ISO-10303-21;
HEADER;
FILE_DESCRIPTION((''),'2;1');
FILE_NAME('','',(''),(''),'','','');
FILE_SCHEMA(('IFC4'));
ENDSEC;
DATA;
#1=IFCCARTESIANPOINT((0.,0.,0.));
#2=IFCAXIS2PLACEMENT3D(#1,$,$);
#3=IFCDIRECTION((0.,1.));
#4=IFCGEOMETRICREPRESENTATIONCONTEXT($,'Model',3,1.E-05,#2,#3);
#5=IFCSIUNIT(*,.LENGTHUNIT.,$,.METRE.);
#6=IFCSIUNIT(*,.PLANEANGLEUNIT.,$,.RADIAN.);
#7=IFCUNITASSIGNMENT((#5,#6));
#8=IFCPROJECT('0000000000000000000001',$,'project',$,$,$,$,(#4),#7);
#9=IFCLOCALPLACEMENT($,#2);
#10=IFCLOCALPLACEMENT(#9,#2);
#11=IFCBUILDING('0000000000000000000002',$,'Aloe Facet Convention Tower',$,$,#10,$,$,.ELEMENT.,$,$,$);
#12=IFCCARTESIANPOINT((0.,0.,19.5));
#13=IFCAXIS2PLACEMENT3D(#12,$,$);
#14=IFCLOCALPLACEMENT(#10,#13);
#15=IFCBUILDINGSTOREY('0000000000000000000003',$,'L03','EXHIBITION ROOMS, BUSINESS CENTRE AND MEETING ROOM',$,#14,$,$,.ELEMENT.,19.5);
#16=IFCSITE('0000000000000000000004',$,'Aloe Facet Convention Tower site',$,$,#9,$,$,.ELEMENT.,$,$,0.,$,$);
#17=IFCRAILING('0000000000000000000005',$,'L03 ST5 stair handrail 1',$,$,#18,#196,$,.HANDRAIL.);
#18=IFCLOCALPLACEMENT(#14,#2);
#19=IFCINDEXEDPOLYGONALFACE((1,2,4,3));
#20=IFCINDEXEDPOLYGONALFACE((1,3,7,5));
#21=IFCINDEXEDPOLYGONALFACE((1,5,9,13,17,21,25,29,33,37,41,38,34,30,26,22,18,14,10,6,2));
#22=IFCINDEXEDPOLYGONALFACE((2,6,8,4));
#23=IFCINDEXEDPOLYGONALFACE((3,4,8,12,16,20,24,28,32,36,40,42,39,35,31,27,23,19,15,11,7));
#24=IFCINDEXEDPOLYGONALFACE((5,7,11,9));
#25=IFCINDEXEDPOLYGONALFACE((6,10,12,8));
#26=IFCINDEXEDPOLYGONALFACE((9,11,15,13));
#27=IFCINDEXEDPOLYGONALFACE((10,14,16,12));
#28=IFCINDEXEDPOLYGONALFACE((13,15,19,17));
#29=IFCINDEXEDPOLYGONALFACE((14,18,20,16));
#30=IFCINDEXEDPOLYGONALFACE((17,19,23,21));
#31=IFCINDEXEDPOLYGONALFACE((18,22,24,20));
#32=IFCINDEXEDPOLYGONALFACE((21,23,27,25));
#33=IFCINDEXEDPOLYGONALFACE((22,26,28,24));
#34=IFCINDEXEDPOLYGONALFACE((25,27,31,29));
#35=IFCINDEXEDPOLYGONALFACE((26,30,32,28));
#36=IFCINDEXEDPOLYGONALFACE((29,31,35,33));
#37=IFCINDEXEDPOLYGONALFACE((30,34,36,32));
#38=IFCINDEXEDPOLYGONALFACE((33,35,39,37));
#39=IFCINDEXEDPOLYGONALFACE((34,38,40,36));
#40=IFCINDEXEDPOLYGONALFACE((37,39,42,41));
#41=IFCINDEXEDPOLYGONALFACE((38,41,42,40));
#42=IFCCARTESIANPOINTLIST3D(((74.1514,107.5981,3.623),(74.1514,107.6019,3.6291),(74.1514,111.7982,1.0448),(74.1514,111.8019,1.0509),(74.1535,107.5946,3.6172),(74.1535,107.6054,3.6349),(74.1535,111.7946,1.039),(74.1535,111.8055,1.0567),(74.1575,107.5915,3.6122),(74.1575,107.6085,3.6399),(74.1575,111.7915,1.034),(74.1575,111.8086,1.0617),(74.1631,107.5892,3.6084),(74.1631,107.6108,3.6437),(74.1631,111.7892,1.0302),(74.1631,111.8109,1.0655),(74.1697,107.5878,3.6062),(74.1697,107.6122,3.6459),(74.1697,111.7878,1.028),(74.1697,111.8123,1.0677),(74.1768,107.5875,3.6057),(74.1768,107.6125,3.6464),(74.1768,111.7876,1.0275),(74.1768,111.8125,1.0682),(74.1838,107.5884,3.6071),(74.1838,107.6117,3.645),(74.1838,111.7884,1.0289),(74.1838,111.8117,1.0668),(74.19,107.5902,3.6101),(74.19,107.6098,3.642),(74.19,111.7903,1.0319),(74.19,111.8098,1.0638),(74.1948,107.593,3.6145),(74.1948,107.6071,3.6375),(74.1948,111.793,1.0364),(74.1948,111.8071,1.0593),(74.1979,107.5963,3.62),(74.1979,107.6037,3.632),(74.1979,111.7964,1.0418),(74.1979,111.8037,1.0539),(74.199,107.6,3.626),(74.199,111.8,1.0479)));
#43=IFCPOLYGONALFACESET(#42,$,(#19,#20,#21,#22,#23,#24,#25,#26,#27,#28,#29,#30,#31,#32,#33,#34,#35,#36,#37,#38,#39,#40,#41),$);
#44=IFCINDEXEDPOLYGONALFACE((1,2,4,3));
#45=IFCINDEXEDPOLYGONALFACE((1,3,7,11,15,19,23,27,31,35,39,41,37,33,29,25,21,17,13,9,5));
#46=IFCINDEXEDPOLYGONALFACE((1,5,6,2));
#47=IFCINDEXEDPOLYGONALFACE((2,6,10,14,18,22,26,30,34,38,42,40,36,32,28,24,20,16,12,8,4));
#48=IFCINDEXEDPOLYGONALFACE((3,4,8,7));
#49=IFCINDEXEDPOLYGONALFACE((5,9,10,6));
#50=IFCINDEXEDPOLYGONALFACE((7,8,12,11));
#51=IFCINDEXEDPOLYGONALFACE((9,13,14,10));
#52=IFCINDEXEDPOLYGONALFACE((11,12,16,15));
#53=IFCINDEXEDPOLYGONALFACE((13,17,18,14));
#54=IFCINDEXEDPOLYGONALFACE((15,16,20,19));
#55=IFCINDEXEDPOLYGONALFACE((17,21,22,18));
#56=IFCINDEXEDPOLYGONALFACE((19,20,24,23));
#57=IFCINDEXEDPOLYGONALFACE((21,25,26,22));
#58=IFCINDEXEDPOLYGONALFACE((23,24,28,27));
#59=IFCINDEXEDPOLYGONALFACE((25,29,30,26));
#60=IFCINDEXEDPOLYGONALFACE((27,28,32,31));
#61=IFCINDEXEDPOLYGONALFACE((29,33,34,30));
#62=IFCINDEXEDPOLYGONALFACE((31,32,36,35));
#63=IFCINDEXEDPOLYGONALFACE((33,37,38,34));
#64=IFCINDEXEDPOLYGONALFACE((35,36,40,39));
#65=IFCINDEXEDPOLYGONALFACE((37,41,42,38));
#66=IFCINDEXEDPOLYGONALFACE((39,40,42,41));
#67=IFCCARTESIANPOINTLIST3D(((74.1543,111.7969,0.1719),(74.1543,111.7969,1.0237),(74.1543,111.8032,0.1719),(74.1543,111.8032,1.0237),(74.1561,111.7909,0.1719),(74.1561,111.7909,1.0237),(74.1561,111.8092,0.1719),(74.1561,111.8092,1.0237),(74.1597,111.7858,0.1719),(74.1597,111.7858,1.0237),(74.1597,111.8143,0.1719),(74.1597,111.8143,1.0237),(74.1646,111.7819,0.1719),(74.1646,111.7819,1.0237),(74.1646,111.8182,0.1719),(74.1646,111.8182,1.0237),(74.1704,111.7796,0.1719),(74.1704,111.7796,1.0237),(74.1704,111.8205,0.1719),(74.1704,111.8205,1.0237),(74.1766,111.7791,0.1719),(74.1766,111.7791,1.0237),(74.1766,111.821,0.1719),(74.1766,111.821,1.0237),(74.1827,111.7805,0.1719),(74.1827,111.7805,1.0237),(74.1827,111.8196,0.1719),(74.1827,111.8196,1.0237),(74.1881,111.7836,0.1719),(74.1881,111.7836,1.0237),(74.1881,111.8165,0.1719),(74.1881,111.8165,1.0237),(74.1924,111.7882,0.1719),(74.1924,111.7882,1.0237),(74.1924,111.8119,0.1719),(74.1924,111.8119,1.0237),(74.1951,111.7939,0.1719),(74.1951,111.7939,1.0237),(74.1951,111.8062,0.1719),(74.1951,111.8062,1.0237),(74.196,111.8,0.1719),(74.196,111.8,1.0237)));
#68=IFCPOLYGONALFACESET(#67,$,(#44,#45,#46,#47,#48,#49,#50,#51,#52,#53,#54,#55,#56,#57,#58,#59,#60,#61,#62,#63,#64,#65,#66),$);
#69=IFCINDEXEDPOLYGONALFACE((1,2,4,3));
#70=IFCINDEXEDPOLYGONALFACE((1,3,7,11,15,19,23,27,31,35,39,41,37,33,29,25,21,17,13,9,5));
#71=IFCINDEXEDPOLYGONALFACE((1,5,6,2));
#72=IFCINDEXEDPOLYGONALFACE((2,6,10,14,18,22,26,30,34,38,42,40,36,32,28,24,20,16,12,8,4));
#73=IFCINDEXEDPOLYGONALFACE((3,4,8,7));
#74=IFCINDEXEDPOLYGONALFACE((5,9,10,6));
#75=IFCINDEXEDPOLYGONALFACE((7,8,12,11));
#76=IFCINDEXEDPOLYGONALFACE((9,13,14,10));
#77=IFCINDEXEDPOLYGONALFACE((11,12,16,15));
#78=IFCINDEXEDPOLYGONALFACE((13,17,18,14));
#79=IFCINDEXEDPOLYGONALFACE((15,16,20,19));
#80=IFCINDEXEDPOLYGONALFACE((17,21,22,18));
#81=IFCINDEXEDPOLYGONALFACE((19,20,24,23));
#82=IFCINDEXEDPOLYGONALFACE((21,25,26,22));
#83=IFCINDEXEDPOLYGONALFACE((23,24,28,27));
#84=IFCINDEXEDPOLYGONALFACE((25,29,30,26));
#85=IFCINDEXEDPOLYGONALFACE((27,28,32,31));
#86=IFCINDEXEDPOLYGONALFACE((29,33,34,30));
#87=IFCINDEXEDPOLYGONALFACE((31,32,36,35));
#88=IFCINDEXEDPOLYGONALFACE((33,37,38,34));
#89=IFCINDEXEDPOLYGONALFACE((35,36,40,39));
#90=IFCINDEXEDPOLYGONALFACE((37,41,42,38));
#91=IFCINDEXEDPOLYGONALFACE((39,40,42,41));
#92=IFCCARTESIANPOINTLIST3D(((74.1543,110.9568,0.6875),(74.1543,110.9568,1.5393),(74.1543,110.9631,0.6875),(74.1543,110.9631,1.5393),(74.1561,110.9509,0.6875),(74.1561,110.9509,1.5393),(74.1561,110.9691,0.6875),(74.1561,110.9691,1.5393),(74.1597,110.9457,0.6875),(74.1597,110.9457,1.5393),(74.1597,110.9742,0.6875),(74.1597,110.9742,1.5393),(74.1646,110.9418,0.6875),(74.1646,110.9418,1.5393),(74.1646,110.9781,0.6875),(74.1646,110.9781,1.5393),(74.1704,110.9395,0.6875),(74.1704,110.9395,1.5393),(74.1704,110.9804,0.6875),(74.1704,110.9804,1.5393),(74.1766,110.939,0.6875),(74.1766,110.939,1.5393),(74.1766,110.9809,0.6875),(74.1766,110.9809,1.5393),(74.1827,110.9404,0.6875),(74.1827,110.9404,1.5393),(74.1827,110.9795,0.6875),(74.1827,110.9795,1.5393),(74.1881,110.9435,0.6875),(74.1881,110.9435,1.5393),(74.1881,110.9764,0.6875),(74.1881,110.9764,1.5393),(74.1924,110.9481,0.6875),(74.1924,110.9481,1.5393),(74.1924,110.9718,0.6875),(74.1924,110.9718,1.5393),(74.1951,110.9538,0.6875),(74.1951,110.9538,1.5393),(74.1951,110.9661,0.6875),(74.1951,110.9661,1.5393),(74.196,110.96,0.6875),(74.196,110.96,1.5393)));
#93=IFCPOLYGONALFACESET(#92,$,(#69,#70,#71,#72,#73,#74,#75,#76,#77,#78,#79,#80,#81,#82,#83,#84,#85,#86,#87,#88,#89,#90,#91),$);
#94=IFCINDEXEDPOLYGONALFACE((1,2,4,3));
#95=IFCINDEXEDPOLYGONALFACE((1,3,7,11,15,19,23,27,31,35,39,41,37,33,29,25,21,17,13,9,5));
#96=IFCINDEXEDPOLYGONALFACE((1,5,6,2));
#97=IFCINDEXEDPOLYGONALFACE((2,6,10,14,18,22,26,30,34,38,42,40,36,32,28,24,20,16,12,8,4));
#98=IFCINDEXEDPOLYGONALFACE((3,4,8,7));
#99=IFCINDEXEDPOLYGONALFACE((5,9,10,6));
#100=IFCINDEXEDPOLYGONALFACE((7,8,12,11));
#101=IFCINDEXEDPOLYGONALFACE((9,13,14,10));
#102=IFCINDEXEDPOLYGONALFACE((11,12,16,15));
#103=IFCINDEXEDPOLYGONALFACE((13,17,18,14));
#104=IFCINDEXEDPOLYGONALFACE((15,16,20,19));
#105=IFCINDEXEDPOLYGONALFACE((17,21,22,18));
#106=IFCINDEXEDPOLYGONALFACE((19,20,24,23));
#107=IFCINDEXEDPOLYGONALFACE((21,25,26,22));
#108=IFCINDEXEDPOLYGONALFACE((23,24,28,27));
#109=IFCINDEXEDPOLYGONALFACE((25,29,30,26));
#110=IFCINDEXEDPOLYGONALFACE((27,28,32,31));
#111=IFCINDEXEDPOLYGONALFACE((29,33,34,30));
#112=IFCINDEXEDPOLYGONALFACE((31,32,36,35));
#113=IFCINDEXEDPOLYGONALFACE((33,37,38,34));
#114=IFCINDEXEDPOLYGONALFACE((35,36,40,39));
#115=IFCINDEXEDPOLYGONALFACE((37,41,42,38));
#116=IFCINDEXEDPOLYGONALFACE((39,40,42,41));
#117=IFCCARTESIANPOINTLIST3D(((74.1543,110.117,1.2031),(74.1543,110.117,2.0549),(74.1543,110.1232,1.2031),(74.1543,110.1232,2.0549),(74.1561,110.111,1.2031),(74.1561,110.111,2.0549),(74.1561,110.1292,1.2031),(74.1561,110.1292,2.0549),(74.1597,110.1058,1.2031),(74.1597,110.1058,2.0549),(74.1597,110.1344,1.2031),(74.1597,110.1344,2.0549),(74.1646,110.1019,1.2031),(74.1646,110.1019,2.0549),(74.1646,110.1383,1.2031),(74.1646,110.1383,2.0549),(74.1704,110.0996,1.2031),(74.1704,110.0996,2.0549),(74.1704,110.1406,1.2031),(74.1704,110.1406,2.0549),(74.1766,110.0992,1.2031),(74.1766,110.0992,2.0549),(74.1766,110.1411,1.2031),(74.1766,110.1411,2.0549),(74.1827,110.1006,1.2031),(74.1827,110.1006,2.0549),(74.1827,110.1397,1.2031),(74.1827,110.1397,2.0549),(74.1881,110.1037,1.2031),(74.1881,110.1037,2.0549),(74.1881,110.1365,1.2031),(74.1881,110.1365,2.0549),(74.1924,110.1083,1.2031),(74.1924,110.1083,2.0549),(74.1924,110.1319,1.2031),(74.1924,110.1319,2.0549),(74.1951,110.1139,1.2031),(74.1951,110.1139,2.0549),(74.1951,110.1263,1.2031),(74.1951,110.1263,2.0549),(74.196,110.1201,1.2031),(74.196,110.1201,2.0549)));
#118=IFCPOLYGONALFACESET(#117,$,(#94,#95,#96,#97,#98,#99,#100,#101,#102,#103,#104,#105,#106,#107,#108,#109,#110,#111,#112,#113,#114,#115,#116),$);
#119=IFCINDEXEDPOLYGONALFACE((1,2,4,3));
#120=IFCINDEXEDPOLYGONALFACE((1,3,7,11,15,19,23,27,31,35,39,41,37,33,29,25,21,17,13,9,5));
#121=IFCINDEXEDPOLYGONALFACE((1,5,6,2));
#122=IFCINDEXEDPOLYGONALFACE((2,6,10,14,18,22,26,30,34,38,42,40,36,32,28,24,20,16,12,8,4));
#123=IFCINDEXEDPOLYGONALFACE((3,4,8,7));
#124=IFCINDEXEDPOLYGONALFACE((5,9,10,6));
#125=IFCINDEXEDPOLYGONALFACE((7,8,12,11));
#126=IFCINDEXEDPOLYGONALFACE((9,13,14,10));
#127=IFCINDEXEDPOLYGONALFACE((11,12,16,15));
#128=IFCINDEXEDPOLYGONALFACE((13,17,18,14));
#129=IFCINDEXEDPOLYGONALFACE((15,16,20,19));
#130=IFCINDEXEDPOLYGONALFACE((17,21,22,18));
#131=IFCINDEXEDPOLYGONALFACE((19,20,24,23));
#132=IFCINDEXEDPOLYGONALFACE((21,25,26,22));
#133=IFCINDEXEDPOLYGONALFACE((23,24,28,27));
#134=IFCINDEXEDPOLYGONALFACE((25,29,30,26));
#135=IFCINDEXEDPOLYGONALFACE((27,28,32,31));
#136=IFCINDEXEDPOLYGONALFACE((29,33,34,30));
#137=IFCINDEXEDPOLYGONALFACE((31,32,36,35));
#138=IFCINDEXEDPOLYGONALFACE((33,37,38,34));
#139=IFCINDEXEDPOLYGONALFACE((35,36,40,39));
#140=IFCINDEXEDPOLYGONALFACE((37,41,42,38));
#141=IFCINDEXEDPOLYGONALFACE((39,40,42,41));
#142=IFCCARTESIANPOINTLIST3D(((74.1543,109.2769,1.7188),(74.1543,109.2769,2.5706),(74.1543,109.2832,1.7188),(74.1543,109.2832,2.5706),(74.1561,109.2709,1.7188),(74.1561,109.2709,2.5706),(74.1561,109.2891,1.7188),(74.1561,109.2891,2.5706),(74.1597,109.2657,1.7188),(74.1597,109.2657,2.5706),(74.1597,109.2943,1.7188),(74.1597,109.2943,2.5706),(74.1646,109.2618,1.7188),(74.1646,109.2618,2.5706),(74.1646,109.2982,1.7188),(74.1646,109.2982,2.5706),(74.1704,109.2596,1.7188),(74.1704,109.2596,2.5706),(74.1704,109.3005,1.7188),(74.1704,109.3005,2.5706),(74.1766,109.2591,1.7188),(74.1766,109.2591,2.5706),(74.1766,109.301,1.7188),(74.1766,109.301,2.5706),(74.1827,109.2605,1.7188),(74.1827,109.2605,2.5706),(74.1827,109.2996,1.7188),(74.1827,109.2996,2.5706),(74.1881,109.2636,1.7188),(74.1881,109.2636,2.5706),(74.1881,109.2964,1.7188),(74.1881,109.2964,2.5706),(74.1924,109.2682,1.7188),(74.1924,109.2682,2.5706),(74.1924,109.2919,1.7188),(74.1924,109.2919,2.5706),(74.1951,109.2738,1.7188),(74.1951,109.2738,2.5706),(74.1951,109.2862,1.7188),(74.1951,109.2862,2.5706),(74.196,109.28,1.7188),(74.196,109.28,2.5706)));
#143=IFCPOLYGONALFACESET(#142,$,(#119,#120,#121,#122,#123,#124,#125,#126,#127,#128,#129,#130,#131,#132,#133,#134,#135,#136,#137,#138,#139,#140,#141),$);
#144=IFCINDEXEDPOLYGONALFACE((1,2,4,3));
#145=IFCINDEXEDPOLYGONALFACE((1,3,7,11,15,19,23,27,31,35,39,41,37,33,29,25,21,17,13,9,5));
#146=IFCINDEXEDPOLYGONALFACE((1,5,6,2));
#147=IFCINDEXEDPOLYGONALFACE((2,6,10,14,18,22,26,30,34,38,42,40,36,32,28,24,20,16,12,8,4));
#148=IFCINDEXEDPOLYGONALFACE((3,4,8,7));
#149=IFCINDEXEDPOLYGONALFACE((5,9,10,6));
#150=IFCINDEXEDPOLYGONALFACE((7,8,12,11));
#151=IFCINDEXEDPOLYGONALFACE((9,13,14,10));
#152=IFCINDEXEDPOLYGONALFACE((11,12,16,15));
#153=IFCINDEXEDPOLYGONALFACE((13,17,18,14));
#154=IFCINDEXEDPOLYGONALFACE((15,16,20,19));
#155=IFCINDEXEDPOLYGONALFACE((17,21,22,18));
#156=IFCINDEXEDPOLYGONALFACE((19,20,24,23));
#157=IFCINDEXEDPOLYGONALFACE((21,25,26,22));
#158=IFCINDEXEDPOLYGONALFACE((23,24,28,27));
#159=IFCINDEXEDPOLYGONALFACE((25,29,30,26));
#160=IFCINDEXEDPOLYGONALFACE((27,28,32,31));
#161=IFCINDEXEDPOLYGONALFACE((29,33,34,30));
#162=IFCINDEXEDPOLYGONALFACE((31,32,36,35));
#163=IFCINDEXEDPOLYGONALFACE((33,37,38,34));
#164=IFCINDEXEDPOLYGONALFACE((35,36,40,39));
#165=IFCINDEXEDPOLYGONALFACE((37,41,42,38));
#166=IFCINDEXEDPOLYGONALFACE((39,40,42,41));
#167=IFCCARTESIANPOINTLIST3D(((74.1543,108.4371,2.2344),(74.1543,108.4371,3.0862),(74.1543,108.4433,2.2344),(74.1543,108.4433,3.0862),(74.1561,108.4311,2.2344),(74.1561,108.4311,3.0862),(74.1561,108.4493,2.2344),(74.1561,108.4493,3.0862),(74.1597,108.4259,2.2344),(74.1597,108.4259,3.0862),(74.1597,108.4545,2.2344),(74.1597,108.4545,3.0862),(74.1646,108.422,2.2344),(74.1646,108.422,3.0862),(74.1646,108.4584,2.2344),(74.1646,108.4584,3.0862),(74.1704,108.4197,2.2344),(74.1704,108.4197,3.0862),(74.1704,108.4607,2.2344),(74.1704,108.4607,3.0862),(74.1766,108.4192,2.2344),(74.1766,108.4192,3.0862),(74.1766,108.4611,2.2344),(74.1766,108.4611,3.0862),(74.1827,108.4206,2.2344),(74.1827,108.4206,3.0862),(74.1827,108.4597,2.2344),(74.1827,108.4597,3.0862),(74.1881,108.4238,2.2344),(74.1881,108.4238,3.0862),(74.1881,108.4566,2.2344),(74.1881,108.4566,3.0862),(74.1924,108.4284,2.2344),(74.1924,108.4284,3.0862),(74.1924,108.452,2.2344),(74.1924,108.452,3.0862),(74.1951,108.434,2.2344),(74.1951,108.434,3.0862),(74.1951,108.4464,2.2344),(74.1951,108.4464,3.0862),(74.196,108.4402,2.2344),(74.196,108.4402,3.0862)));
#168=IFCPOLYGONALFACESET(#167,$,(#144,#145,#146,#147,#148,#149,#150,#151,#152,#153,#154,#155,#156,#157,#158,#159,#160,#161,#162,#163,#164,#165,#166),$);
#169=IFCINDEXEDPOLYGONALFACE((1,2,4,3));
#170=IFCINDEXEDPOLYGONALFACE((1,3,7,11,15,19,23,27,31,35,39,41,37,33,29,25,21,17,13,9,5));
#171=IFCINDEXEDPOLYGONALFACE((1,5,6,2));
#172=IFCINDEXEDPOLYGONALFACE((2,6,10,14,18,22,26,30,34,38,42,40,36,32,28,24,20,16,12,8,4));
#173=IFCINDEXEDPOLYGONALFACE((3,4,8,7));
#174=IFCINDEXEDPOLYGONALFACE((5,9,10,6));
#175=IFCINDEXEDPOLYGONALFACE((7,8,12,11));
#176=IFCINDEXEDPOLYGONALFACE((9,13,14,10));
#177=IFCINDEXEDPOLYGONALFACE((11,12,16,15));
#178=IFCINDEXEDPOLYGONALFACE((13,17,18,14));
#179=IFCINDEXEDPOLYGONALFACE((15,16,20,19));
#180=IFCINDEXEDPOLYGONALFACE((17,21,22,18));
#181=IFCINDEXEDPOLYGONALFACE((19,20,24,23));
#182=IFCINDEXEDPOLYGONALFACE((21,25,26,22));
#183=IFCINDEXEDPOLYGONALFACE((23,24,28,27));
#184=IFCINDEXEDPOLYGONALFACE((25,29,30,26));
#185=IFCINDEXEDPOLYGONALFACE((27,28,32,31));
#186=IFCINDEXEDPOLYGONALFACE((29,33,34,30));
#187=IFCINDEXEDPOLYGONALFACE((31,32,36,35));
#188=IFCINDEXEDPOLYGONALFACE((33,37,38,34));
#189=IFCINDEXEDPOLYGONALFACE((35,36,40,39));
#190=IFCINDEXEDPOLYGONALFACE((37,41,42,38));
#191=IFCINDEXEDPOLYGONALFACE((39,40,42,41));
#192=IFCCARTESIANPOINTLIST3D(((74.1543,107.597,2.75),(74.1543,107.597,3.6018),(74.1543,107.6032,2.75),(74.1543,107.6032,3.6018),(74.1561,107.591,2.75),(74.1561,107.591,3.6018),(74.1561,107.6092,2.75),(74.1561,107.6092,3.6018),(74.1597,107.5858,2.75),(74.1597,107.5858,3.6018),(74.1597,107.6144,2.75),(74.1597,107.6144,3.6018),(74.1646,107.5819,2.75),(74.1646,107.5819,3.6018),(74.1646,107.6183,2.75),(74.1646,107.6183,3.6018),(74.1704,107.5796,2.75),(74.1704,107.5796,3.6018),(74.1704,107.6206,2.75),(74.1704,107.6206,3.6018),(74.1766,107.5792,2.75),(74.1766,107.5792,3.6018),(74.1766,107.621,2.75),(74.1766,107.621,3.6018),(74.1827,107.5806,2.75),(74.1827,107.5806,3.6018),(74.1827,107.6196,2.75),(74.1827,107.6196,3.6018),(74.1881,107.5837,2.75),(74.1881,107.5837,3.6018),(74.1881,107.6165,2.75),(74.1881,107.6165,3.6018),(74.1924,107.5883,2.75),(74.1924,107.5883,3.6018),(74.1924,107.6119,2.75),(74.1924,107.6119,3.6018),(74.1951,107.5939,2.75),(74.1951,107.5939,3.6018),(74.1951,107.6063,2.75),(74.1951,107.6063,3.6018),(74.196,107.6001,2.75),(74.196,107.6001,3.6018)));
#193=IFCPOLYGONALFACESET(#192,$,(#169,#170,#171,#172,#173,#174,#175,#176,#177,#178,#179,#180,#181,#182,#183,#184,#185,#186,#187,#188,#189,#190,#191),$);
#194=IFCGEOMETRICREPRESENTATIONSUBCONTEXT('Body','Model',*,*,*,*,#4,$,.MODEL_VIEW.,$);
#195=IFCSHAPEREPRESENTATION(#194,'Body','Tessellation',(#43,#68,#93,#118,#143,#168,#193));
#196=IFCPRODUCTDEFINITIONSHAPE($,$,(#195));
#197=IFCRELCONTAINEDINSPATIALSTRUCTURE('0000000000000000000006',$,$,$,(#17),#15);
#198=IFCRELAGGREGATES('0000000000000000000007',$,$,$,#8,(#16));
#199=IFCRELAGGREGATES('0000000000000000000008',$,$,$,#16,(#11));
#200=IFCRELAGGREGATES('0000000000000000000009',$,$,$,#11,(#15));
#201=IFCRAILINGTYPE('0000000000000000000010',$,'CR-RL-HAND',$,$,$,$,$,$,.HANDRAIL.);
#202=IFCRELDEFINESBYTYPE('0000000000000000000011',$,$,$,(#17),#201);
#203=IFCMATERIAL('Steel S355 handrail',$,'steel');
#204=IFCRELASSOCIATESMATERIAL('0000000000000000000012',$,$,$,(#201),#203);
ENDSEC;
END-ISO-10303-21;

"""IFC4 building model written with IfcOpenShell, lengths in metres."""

from ifc_helpers import new_model, si_unit, direction, frame, origin, origin_2d, place, context, subcontext, project, spatial, circle, extrude, material, type_object, element, save


model = new_model("IFC4")

# Units and contexts
model_context = context("Model", 3, precision=1e-05, world=origin(), true_north=direction((0.0, 1.0)))
body_context = subcontext(model_context, "Body", "Model", "MODEL_VIEW")
ifc_project = project(units=[si_unit("LENGTHUNIT", "METRE"), si_unit("PLANEANGLEUNIT", "RADIAN")], contexts=[model_context])

# Site, building, storey
site_placement = place(None, origin())
site = spatial("IfcSite", under=ifc_project, at=site_placement, Name="Aloe Facet Convention Tower site", CompositionType="ELEMENT", RefElevation=0.0)
building_placement = place(site_placement, origin())
building = spatial("IfcBuilding", under=site, at=building_placement, Name="Aloe Facet Convention Tower", CompositionType="ELEMENT")
storey_placement = place(building_placement, frame((0.0, 0.0, 19.5)))
storey = spatial("IfcBuildingStorey", under=building, at=storey_placement, Name="L03", Description="EXHIBITION ROOMS, BUSINESS CENTRE AND MEETING ROOM", CompositionType="ELEMENT", Elevation=19.5)

# Railing
ifc_material_1 = material(Name="Steel S355 handrail", Category="steel")
railing_type_1 = type_object("IfcRailingType", Name="CR-RL-HAND", PredefinedType="HANDRAIL", material=ifc_material_1)
railing_1_placement = place(storey_placement, frame((74.175, 111.8, 0.1719)))
element("IfcRailing", 1, at=railing_1_placement, inside=storey, type_object=railing_type_1, Name="L03 ST5 stair handrail 1", PredefinedType="HANDRAIL", context=body_context, shape_type="SweptSolid", body=[
    extrude(circle(Radius=0.0239, at=origin_2d()), frame((0.0, 0.0, 0.876), z_axis=(0.0, -0.852243, 0.523146), x_axis=(1.0, 0.0, 0.0)), (0.0, 0.0, 1.0), 4.9282),
    extrude(circle(Radius=0.021, at=origin_2d()), origin(), (0.0, 0.0, 1.0), 0.8518),
    extrude(circle(Radius=0.021, at=origin_2d()), frame((0.0, -0.8401, 0.5156)), (0.0, 0.0, 1.0), 0.8518),
    extrude(circle(Radius=0.021, at=origin_2d()), frame((0.0, -1.6799, 1.0312)), (0.0, 0.0, 1.0), 0.8518),
    extrude(circle(Radius=0.021, at=origin_2d()), frame((0.0, -2.52, 1.5469)), (0.0, 0.0, 1.0), 0.8518),
    extrude(circle(Radius=0.021, at=origin_2d()), frame((0.0, -3.3599, 2.0625)), (0.0, 0.0, 1.0), 0.8518),
    extrude(circle(Radius=0.021, at=origin_2d()), frame((0.0, -4.2, 2.5781)), (0.0, 0.0, 1.0), 0.8518),
])

save(model, "model.ifc")
